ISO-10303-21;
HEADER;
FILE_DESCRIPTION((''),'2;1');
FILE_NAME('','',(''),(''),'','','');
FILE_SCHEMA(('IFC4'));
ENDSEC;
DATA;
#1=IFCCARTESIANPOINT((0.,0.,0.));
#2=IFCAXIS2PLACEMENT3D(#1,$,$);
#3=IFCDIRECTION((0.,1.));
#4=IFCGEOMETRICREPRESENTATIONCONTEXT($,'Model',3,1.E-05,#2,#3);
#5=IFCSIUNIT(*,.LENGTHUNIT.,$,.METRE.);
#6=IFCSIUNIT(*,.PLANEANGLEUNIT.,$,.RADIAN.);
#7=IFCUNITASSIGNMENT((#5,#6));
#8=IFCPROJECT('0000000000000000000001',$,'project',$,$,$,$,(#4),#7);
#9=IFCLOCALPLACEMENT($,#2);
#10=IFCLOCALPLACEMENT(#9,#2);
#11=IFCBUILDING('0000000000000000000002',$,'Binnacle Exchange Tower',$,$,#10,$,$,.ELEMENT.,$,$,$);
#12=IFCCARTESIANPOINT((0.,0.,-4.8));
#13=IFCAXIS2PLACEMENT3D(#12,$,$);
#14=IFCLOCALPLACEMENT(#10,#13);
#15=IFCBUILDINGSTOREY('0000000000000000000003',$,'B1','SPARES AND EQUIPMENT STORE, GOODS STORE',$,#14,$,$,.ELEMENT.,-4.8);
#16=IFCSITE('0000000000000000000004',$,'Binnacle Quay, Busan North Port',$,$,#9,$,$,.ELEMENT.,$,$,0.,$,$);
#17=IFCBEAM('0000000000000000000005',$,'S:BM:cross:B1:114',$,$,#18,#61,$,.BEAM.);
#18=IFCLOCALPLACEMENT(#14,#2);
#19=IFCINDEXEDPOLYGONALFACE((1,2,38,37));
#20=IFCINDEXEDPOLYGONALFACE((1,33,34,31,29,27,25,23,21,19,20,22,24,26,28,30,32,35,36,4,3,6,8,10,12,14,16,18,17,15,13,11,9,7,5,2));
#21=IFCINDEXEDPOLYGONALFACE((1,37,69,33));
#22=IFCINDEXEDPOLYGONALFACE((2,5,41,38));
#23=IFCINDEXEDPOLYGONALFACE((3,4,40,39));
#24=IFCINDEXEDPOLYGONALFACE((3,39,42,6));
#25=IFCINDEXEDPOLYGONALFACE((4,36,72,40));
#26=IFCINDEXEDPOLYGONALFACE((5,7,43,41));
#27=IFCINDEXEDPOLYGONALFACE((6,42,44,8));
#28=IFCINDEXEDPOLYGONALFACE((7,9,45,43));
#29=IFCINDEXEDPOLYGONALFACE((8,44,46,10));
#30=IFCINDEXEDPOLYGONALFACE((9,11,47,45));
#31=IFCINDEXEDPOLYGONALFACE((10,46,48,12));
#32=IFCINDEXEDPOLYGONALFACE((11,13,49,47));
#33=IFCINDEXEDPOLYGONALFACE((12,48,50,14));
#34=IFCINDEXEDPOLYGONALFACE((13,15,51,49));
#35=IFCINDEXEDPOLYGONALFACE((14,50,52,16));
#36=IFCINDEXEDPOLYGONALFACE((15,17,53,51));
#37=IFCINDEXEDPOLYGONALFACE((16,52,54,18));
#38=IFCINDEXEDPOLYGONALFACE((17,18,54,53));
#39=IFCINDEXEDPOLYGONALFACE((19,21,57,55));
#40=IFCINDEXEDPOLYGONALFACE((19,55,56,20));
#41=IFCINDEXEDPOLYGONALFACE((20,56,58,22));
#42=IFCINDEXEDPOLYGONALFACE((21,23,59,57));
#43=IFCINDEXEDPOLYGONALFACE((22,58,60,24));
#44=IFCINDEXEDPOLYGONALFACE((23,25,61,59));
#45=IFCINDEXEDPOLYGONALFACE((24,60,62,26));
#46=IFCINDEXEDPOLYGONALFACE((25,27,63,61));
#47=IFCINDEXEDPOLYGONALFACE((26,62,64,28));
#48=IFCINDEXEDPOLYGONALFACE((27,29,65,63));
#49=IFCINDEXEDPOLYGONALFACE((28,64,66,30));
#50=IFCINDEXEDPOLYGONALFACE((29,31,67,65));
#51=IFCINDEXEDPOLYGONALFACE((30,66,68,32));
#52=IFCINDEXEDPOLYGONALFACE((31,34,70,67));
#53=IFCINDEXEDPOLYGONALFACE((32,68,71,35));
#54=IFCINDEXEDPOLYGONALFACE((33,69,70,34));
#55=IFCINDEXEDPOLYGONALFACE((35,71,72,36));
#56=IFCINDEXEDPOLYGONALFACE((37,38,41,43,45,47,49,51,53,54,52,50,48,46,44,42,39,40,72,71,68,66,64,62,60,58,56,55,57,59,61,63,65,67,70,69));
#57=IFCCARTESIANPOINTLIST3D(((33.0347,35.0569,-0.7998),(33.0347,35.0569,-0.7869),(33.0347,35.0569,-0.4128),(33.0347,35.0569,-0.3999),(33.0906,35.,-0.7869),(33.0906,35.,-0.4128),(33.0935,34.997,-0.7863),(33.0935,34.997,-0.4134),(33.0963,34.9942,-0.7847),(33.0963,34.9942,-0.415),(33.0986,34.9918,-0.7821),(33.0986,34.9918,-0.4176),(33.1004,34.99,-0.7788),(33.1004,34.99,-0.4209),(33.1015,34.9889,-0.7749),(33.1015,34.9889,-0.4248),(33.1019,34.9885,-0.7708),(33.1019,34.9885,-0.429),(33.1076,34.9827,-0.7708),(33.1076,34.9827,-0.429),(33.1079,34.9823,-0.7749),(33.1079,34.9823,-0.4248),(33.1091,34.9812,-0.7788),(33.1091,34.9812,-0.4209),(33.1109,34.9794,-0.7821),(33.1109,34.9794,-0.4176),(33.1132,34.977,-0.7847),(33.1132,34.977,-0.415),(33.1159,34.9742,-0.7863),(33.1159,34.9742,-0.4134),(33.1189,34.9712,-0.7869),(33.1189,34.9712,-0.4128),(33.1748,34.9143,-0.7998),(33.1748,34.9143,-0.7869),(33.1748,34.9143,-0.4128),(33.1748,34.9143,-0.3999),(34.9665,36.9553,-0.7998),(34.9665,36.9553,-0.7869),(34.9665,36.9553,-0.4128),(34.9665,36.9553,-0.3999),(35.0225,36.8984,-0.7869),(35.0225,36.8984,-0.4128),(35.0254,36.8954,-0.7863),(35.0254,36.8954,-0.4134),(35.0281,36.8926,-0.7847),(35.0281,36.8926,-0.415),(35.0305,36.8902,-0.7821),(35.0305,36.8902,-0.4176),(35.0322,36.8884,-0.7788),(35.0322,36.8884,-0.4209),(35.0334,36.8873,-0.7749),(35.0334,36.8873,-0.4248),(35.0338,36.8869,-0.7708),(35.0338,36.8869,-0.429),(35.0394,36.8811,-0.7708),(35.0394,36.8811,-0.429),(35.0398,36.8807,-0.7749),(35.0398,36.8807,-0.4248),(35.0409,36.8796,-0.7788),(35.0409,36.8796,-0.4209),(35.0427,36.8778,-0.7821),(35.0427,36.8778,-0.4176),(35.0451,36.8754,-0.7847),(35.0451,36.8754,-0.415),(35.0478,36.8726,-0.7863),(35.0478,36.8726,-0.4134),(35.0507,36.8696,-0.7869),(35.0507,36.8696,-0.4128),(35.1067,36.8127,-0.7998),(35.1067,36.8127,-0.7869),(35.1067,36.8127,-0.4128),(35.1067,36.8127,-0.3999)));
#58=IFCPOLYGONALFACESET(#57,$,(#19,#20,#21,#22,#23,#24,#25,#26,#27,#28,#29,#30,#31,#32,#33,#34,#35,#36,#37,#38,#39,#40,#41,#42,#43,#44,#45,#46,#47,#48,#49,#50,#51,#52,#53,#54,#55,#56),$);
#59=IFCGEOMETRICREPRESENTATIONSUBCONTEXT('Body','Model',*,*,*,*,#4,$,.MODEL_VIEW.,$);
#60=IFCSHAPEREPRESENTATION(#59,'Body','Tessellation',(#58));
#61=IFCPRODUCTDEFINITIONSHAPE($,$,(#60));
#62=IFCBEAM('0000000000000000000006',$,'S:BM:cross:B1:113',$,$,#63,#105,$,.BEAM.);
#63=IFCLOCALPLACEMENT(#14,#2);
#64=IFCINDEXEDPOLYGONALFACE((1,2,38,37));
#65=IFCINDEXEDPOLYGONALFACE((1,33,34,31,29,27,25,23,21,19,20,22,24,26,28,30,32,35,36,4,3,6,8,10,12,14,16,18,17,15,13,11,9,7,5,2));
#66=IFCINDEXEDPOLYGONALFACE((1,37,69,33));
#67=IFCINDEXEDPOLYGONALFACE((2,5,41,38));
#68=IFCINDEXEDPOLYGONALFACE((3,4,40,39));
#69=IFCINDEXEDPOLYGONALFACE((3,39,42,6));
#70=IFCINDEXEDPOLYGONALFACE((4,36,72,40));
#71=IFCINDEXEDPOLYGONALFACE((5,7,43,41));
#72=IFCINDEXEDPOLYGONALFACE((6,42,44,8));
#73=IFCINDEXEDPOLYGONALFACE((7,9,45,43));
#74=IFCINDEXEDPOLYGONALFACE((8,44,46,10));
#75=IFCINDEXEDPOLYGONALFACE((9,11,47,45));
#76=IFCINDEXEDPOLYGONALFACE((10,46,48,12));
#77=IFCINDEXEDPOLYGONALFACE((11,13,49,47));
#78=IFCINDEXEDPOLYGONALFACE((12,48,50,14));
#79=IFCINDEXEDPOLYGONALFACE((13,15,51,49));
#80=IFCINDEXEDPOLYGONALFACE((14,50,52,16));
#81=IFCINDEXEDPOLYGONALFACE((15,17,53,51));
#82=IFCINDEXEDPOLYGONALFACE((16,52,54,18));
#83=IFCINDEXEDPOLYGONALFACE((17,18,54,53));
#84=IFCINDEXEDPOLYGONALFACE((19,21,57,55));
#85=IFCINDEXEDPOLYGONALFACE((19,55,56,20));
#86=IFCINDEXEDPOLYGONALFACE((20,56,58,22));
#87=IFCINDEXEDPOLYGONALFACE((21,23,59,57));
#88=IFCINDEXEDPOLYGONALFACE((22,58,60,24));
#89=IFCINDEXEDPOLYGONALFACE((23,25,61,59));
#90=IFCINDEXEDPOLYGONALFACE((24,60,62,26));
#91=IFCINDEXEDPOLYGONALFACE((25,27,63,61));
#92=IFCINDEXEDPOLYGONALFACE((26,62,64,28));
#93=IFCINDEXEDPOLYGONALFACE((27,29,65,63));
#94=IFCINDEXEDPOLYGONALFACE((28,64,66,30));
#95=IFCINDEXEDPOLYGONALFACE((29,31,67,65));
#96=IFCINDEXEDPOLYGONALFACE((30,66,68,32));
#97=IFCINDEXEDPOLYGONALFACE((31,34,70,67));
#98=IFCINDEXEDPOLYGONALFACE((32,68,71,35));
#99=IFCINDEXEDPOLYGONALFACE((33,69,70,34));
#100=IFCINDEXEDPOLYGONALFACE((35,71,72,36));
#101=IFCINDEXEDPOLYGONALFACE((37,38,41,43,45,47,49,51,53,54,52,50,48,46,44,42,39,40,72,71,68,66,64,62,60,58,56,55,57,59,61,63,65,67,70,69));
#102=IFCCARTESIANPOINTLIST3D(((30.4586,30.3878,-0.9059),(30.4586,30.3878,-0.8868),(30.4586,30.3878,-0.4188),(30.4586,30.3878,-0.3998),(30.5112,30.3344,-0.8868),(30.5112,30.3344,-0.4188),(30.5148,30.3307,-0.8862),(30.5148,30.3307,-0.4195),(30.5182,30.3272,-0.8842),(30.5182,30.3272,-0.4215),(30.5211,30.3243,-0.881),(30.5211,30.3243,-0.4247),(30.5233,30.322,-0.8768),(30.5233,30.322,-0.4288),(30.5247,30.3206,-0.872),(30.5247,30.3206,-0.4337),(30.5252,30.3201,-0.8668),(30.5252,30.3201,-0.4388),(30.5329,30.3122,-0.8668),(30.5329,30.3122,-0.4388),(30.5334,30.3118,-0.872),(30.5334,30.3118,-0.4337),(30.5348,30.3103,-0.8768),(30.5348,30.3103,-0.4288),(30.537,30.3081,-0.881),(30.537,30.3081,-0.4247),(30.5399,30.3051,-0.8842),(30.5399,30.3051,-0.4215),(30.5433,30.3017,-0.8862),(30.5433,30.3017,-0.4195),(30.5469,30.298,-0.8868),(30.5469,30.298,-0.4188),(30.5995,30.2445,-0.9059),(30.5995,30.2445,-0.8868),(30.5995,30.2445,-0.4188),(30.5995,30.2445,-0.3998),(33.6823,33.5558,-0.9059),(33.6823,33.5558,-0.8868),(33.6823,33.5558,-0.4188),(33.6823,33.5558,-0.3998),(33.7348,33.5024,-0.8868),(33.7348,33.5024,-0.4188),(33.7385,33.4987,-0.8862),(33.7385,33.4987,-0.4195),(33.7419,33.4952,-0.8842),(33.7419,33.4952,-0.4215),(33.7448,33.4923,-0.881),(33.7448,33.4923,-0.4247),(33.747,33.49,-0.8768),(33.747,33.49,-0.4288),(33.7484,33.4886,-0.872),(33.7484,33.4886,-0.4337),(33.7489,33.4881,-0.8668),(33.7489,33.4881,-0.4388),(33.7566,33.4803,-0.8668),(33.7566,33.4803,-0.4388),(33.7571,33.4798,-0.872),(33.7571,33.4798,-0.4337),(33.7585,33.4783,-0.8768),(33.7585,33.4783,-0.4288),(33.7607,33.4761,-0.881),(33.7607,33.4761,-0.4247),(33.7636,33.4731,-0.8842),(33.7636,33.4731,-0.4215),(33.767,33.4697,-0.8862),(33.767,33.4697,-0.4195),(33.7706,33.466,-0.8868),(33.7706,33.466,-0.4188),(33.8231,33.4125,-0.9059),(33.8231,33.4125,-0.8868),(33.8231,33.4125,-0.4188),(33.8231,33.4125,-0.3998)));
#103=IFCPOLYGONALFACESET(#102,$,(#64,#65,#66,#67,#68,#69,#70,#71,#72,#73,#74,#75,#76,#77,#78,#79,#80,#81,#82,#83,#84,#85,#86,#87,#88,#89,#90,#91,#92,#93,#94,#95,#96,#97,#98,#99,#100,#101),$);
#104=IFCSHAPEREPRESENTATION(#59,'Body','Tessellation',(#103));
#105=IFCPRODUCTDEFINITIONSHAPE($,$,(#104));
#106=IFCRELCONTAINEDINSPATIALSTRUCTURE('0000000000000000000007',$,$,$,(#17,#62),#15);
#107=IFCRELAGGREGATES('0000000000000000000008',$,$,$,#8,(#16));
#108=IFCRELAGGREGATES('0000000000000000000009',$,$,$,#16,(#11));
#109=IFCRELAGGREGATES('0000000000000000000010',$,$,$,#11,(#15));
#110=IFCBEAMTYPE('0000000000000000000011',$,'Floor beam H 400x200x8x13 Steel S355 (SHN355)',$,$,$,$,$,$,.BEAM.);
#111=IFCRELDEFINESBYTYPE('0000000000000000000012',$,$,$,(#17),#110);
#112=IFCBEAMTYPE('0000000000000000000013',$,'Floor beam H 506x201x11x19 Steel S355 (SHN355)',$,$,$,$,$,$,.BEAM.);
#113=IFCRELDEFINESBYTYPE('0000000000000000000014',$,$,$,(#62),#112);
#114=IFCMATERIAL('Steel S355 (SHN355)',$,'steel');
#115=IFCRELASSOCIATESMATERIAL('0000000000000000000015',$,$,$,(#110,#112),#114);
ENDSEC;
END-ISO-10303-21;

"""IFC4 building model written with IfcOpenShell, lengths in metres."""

from ifc_helpers import new_model, si_unit, direction, frame, origin, origin_2d, place, context, subcontext, project, spatial, i_section, extrude, material, material_profile, profile_set, type_object, element, save


model = new_model("IFC4")

# Units and contexts
model_context = context("Model", 3, precision=1e-05, world=origin(), true_north=direction((0.0, 1.0)))
body_context = subcontext(model_context, "Body", "Model", "MODEL_VIEW")
ifc_project = project(units=[si_unit("LENGTHUNIT", "METRE"), si_unit("PLANEANGLEUNIT", "RADIAN")], contexts=[model_context])

# Site, building, storey
site_placement = place(None, origin())
site = spatial("IfcSite", under=ifc_project, at=site_placement, Name="Binnacle Quay, Busan North Port", CompositionType="ELEMENT", RefElevation=0.0)
building_placement = place(site_placement, origin())
building = spatial("IfcBuilding", under=site, at=building_placement, Name="Binnacle Exchange Tower", CompositionType="ELEMENT")
storey_placement = place(building_placement, frame((0.0, 0.0, -4.8)))
storey = spatial("IfcBuildingStorey", under=building, at=storey_placement, Name="B1", Description="SPARES AND EQUIPMENT STORE, GOODS STORE", CompositionType="ELEMENT", Elevation=-4.8)

# Beams
ifc_material_1 = material(Name="Steel S355 (SHN355)", Category="steel")
ifc_material_profile_1 = material_profile(ifc_material_1, i_section(OverallWidth=0.2, OverallDepth=0.3999, WebThickness=0.0081, FlangeThickness=0.0129, FilletRadius=0.0161, at=origin_2d()), Name="H 400x200x8x13")
ifc_profile_set_1 = profile_set([ifc_material_profile_1], Name="Steel S355 (SHN355)")
beam_type_1 = type_object("IfcBeamType", Name="Floor beam H 400x200x8x13 Steel S355 (SHN355)", PredefinedType="BEAM", material=ifc_profile_set_1)
beam_1_placement = place(storey_placement, frame((33.1047, 34.9856, -0.5999), z_axis=(0.713254, 0.700905, 0.0), x_axis=(-0.700905, 0.713254, 0.0)))
element("IfcBeam", 1, at=beam_1_placement, inside=storey, type_object=beam_type_1, Name="S:BM:cross:B1:114", PredefinedType="BEAM", context=body_context, shape_type="SweptSolid", body=[
    extrude(i_section(OverallWidth=0.2, OverallDepth=0.3999, WebThickness=0.0081, FlangeThickness=0.0129, FilletRadius=0.0161, at=origin_2d()), origin(), (0.0, 0.0, 1.0), 2.7085),
])
ifc_material_profile_2 = material_profile(ifc_material_1, i_section(OverallWidth=0.2009, OverallDepth=0.5061, WebThickness=0.011, FlangeThickness=0.019, FilletRadius=0.02, at=origin_2d()), Name="H 506x201x11x19")
ifc_profile_set_2 = profile_set([ifc_material_profile_2], Name="Steel S355 (SHN355)")
beam_type_2 = type_object("IfcBeamType", Name="Floor beam H 506x201x11x19 Steel S355 (SHN355)", PredefinedType="BEAM", material=ifc_profile_set_2)
beam_2_placement = place(storey_placement, frame((30.5291, 30.3162, -0.6528), z_axis=(0.713238, 0.700922, 0.0), x_axis=(-0.700922, 0.713238, 0.0)))
element("IfcBeam", 2, at=beam_2_placement, inside=storey, type_object=beam_type_2, Name="S:BM:cross:B1:113", PredefinedType="BEAM", context=body_context, shape_type="SweptSolid", body=[
    extrude(i_section(OverallWidth=0.2009, OverallDepth=0.5061, WebThickness=0.011, FlangeThickness=0.019, FilletRadius=0.02, at=origin_2d()), origin(), (0.0, 0.0, 1.0), 4.5198),
])

save(model, "model.ifc")
